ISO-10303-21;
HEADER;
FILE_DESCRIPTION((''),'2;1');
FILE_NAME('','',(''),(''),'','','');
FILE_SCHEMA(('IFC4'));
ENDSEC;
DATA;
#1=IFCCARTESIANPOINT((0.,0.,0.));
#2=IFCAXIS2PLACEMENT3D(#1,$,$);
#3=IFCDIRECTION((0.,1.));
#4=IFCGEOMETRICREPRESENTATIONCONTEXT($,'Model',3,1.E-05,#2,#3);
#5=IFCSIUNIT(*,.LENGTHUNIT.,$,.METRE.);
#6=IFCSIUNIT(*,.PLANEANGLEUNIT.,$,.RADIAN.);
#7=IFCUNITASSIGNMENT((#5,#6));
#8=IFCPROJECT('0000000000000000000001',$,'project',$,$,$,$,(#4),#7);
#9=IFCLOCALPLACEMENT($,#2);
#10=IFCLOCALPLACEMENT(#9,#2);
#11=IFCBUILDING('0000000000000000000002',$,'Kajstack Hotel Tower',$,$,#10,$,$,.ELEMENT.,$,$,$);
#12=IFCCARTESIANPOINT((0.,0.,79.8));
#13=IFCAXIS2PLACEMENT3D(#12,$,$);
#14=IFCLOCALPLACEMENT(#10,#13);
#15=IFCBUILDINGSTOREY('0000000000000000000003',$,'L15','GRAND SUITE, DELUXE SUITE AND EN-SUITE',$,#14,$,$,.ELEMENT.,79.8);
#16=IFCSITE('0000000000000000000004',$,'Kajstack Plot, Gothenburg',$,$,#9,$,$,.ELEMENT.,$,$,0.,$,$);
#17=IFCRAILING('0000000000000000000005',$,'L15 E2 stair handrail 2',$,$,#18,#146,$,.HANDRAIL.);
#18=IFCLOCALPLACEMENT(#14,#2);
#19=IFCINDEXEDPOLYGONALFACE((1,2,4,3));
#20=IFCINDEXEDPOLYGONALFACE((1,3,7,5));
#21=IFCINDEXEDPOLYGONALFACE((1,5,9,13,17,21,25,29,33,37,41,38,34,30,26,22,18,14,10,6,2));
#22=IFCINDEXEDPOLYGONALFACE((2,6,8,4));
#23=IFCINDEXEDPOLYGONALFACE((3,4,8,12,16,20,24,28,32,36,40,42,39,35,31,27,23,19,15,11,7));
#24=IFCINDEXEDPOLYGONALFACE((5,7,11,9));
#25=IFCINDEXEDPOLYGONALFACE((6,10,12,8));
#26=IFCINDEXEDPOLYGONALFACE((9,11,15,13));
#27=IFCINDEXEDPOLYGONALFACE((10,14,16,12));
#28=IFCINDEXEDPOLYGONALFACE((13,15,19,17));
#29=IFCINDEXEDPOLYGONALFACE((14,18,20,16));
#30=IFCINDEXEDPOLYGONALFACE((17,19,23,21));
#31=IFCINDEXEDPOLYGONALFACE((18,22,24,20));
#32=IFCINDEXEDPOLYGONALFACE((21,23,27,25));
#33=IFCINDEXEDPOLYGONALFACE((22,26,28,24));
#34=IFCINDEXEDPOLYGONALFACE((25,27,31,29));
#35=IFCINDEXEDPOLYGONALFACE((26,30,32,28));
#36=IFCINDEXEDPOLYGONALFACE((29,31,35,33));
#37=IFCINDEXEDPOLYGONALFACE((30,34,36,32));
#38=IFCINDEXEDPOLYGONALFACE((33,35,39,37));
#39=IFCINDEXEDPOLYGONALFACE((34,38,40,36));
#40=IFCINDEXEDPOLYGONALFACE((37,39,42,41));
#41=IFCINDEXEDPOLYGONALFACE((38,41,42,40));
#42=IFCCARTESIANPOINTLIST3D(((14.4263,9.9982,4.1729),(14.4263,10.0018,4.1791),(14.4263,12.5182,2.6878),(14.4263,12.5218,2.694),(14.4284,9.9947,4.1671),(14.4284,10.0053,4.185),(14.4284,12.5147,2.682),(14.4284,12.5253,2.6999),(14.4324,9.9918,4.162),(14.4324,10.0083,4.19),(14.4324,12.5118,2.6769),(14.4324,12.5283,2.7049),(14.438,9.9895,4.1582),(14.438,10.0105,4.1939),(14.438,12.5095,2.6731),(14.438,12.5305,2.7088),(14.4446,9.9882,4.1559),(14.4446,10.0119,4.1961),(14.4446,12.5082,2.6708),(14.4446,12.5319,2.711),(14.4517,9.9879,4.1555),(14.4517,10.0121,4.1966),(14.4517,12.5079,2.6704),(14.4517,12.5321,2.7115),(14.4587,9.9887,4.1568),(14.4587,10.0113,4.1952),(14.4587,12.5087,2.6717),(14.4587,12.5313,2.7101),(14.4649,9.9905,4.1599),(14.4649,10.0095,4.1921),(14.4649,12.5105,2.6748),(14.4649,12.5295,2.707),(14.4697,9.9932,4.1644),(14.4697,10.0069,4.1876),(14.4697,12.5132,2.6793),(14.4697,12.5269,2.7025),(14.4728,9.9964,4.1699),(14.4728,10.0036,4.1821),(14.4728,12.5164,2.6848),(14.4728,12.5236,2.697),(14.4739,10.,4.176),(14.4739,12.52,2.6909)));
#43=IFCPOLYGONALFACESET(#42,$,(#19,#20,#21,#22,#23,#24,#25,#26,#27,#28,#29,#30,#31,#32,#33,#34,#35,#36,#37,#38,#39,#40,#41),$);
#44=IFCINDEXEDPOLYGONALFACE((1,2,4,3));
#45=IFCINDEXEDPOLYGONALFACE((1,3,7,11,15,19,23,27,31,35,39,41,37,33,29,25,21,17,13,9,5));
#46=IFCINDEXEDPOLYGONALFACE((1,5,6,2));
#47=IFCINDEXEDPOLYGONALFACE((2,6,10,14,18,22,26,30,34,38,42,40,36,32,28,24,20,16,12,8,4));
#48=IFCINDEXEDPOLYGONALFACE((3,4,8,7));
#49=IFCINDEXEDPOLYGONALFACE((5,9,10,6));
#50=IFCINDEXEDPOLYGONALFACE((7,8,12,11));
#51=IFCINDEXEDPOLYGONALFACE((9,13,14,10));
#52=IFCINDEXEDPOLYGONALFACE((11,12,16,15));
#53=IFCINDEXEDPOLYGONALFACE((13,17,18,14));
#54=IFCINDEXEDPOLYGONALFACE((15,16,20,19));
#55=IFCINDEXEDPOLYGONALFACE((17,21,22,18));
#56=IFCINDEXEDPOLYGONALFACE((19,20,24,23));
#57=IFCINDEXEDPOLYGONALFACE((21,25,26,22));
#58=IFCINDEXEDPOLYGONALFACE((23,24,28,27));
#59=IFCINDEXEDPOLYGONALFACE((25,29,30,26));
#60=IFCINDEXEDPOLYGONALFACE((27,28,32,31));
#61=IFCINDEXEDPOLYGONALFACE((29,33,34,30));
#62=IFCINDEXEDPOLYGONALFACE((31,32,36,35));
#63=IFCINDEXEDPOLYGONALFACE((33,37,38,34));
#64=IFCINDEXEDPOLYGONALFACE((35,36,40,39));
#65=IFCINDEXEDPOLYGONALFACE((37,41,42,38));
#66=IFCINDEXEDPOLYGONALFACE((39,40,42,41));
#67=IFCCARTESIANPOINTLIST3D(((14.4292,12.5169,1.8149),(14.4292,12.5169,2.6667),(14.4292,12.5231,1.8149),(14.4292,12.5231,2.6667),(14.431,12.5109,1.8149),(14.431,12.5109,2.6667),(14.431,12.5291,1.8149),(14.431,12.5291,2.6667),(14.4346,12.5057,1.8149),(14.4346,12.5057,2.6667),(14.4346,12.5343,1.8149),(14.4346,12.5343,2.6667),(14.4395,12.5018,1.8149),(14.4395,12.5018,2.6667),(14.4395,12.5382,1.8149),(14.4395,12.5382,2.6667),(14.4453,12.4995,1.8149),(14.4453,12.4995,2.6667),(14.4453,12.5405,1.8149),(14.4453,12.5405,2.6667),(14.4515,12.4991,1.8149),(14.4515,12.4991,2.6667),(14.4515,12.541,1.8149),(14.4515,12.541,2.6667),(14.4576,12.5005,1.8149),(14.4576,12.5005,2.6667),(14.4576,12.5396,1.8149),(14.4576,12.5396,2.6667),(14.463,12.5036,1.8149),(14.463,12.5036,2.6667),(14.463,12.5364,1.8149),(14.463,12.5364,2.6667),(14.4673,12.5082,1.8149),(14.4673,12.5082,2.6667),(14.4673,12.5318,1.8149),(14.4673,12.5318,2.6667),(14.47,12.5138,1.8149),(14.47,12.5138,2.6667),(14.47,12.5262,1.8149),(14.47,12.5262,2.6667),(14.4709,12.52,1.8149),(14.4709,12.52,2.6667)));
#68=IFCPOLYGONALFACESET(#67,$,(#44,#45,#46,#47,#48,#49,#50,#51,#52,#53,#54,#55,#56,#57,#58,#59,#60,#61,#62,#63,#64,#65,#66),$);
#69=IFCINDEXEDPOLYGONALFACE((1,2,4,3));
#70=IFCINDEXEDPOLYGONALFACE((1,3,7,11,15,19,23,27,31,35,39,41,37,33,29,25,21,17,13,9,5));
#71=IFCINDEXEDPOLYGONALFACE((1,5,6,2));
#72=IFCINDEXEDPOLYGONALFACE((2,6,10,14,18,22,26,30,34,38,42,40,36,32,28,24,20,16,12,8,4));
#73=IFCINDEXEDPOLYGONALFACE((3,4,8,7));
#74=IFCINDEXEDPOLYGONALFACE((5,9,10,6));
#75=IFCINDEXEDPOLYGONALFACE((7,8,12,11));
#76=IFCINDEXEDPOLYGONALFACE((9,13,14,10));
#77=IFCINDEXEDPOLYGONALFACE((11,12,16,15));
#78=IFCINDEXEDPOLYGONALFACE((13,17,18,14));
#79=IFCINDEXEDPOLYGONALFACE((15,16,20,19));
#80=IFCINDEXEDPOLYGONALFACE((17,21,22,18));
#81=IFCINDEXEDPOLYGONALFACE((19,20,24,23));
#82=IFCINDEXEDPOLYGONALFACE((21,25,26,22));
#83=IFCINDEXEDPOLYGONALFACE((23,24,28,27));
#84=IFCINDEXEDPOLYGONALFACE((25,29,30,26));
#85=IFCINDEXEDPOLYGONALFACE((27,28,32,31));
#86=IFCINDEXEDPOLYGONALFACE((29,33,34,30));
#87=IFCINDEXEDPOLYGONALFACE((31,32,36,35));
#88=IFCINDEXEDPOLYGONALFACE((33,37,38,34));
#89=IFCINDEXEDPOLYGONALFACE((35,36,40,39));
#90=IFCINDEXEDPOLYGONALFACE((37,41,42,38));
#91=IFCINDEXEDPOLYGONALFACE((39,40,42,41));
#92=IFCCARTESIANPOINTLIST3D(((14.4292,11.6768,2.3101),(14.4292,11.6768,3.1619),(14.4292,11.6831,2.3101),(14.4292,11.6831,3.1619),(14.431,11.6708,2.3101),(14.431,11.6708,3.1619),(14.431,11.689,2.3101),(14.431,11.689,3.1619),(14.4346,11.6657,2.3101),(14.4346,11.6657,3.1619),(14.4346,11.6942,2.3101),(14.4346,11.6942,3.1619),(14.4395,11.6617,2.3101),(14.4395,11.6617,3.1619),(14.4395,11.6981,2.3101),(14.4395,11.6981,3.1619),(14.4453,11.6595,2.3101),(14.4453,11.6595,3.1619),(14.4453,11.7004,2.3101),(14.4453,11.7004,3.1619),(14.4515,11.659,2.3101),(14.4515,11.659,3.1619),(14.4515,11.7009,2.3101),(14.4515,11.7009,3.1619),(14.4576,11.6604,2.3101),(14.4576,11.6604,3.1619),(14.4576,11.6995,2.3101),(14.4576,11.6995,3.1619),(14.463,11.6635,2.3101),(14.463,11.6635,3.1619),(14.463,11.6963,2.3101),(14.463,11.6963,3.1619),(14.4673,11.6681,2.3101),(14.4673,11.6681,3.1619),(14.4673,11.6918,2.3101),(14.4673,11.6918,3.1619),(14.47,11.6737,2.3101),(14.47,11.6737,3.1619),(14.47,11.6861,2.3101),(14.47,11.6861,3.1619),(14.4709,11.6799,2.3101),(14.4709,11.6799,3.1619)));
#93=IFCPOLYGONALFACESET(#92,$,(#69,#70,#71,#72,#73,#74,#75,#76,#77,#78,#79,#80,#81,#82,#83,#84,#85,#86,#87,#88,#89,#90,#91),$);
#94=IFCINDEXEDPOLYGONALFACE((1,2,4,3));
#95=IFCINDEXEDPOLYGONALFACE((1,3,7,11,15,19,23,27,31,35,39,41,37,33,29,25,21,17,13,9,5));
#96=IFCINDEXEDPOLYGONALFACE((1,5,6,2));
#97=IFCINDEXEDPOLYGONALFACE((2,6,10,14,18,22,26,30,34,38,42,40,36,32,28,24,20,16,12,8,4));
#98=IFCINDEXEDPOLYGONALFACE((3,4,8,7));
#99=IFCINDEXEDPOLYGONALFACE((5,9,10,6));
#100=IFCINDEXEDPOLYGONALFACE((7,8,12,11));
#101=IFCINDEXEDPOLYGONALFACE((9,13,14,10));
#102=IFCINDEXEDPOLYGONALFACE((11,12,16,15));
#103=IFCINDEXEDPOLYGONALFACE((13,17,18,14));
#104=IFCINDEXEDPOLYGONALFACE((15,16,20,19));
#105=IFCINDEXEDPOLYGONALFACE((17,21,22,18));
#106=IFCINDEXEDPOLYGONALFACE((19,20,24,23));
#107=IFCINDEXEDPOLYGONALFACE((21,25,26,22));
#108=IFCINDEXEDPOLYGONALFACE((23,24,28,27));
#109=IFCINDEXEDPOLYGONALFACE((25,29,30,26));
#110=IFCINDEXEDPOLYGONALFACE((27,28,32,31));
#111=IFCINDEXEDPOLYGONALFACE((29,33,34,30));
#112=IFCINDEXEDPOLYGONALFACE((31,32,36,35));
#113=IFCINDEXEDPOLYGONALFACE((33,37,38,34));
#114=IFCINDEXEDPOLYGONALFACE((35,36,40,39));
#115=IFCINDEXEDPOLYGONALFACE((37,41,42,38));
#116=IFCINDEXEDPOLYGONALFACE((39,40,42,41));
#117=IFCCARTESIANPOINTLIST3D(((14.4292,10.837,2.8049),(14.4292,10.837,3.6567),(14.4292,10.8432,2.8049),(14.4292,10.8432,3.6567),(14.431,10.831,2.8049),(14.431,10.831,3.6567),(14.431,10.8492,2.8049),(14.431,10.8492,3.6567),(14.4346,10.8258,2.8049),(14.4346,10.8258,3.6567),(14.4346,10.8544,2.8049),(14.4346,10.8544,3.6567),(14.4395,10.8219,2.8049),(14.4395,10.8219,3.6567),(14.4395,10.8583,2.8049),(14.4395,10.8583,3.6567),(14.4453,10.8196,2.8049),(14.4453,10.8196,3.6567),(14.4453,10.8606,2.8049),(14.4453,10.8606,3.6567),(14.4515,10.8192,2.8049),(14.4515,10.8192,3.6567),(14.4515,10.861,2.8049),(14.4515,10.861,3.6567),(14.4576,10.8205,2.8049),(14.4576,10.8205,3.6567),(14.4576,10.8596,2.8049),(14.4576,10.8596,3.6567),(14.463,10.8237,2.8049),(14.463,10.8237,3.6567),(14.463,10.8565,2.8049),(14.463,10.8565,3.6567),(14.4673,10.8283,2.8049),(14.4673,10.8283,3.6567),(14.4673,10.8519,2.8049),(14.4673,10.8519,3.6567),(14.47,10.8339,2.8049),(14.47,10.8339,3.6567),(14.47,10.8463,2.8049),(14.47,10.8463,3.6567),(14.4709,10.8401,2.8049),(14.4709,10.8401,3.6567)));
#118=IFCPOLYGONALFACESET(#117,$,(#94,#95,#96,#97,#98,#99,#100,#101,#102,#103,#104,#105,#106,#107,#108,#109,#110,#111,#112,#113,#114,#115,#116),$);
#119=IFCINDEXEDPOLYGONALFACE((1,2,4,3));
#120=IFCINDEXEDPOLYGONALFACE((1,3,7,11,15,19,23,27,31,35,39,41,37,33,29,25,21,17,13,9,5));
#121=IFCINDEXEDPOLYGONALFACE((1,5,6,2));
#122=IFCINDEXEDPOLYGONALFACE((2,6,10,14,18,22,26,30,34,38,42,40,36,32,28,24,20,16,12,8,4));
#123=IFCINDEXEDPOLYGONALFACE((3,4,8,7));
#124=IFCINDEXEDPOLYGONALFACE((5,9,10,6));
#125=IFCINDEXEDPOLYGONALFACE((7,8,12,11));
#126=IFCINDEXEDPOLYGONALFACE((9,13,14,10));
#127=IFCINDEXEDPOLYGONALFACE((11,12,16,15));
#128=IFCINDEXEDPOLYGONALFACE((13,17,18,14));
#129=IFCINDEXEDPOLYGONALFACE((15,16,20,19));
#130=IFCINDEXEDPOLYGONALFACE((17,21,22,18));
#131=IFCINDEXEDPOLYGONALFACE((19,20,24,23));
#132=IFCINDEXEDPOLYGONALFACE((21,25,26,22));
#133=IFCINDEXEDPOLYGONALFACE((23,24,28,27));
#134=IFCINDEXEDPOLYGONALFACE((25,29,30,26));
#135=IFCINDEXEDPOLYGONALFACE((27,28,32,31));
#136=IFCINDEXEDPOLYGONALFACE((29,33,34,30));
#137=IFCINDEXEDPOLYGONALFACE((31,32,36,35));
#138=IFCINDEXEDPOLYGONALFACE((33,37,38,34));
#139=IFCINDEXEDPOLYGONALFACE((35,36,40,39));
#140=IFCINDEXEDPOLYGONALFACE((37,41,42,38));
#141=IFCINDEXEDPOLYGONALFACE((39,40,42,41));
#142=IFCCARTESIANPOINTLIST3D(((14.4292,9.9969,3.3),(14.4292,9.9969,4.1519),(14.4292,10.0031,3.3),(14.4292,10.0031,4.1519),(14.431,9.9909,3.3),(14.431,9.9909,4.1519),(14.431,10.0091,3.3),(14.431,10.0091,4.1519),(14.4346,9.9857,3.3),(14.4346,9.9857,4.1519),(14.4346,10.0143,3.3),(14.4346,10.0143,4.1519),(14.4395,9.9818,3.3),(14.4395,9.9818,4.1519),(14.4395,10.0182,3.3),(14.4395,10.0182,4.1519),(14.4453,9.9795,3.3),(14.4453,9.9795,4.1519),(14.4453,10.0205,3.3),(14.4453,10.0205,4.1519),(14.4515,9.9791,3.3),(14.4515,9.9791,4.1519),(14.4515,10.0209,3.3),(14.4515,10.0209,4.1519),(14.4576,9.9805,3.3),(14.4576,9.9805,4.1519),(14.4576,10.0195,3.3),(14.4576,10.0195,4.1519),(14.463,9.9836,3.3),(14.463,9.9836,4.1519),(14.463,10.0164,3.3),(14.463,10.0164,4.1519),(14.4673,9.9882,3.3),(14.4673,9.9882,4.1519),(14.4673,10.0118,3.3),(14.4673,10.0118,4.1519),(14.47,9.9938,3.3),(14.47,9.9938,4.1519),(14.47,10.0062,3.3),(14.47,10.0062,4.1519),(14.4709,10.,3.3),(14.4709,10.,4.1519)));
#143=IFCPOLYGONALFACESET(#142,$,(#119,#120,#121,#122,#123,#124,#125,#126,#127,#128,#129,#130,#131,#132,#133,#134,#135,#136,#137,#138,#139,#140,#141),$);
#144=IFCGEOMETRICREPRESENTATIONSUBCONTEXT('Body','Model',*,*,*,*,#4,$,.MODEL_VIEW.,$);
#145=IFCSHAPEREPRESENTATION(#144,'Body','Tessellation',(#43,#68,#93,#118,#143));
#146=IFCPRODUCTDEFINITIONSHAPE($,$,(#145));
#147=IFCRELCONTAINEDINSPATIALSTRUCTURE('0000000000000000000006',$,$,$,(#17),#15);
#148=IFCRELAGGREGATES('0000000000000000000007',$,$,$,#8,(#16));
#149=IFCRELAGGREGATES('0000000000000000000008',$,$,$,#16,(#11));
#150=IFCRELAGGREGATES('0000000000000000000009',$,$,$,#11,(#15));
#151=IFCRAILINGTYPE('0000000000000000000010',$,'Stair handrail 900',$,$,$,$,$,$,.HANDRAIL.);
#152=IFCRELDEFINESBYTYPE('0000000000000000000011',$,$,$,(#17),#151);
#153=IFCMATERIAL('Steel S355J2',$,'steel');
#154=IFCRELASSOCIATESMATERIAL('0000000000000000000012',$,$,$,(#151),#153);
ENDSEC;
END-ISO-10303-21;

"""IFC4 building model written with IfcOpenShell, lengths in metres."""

from ifc_helpers import new_model, si_unit, direction, frame, origin, origin_2d, place, context, subcontext, project, spatial, circle, extrude, material, type_object, element, save


model = new_model("IFC4")

# Units and contexts
model_context = context("Model", 3, precision=1e-05, world=origin(), true_north=direction((0.0, 1.0)))
body_context = subcontext(model_context, "Body", "Model", "MODEL_VIEW")
ifc_project = project(units=[si_unit("LENGTHUNIT", "METRE"), si_unit("PLANEANGLEUNIT", "RADIAN")], contexts=[model_context])

# Site, building, storey
site_placement = place(None, origin())
site = spatial("IfcSite", under=ifc_project, at=site_placement, Name="Kajstack Plot, Gothenburg", CompositionType="ELEMENT", RefElevation=0.0)
building_placement = place(site_placement, origin())
building = spatial("IfcBuilding", under=site, at=building_placement, Name="Kajstack Hotel Tower", CompositionType="ELEMENT")
storey_placement = place(building_placement, frame((0.0, 0.0, 79.8)))
storey = spatial("IfcBuildingStorey", under=building, at=storey_placement, Name="L15", Description="GRAND SUITE, DELUXE SUITE AND EN-SUITE", CompositionType="ELEMENT", Elevation=79.8)

# Railing
ifc_material_1 = material(Name="Steel S355J2", Category="steel")
railing_type = type_object("IfcRailingType", Name="Stair handrail 900", PredefinedType="HANDRAIL", material=ifc_material_1)
railing_placement = place(storey_placement, frame((14.45, 12.52, 1.8149)))
element("IfcRailing", 1, at=railing_placement, inside=storey, type_object=railing_type, Name="L15 E2 stair handrail 2", PredefinedType="HANDRAIL", context=body_context, shape_type="SweptSolid", body=[
    extrude(circle(Radius=0.0239, at=origin_2d()), frame((0.0, 0.0, 0.876), z_axis=(0.0, -0.861524, 0.507717), x_axis=(1.0, 0.0, 0.0)), (0.0, 0.0, 1.0), 2.925),
    extrude(circle(Radius=0.021, at=origin_2d()), origin(), (0.0, 0.0, 1.0), 0.8518),
    extrude(circle(Radius=0.021, at=origin_2d()), frame((0.0, -0.8401, 0.4951)), (0.0, 0.0, 1.0), 0.8518),
    extrude(circle(Radius=0.021, at=origin_2d()), frame((0.0, -1.6799, 0.99)), (0.0, 0.0, 1.0), 0.8518),
    extrude(circle(Radius=0.021, at=origin_2d()), frame((0.0, -2.52, 1.4851)), (0.0, 0.0, 1.0), 0.8518),
])

save(model, "model.ifc")
